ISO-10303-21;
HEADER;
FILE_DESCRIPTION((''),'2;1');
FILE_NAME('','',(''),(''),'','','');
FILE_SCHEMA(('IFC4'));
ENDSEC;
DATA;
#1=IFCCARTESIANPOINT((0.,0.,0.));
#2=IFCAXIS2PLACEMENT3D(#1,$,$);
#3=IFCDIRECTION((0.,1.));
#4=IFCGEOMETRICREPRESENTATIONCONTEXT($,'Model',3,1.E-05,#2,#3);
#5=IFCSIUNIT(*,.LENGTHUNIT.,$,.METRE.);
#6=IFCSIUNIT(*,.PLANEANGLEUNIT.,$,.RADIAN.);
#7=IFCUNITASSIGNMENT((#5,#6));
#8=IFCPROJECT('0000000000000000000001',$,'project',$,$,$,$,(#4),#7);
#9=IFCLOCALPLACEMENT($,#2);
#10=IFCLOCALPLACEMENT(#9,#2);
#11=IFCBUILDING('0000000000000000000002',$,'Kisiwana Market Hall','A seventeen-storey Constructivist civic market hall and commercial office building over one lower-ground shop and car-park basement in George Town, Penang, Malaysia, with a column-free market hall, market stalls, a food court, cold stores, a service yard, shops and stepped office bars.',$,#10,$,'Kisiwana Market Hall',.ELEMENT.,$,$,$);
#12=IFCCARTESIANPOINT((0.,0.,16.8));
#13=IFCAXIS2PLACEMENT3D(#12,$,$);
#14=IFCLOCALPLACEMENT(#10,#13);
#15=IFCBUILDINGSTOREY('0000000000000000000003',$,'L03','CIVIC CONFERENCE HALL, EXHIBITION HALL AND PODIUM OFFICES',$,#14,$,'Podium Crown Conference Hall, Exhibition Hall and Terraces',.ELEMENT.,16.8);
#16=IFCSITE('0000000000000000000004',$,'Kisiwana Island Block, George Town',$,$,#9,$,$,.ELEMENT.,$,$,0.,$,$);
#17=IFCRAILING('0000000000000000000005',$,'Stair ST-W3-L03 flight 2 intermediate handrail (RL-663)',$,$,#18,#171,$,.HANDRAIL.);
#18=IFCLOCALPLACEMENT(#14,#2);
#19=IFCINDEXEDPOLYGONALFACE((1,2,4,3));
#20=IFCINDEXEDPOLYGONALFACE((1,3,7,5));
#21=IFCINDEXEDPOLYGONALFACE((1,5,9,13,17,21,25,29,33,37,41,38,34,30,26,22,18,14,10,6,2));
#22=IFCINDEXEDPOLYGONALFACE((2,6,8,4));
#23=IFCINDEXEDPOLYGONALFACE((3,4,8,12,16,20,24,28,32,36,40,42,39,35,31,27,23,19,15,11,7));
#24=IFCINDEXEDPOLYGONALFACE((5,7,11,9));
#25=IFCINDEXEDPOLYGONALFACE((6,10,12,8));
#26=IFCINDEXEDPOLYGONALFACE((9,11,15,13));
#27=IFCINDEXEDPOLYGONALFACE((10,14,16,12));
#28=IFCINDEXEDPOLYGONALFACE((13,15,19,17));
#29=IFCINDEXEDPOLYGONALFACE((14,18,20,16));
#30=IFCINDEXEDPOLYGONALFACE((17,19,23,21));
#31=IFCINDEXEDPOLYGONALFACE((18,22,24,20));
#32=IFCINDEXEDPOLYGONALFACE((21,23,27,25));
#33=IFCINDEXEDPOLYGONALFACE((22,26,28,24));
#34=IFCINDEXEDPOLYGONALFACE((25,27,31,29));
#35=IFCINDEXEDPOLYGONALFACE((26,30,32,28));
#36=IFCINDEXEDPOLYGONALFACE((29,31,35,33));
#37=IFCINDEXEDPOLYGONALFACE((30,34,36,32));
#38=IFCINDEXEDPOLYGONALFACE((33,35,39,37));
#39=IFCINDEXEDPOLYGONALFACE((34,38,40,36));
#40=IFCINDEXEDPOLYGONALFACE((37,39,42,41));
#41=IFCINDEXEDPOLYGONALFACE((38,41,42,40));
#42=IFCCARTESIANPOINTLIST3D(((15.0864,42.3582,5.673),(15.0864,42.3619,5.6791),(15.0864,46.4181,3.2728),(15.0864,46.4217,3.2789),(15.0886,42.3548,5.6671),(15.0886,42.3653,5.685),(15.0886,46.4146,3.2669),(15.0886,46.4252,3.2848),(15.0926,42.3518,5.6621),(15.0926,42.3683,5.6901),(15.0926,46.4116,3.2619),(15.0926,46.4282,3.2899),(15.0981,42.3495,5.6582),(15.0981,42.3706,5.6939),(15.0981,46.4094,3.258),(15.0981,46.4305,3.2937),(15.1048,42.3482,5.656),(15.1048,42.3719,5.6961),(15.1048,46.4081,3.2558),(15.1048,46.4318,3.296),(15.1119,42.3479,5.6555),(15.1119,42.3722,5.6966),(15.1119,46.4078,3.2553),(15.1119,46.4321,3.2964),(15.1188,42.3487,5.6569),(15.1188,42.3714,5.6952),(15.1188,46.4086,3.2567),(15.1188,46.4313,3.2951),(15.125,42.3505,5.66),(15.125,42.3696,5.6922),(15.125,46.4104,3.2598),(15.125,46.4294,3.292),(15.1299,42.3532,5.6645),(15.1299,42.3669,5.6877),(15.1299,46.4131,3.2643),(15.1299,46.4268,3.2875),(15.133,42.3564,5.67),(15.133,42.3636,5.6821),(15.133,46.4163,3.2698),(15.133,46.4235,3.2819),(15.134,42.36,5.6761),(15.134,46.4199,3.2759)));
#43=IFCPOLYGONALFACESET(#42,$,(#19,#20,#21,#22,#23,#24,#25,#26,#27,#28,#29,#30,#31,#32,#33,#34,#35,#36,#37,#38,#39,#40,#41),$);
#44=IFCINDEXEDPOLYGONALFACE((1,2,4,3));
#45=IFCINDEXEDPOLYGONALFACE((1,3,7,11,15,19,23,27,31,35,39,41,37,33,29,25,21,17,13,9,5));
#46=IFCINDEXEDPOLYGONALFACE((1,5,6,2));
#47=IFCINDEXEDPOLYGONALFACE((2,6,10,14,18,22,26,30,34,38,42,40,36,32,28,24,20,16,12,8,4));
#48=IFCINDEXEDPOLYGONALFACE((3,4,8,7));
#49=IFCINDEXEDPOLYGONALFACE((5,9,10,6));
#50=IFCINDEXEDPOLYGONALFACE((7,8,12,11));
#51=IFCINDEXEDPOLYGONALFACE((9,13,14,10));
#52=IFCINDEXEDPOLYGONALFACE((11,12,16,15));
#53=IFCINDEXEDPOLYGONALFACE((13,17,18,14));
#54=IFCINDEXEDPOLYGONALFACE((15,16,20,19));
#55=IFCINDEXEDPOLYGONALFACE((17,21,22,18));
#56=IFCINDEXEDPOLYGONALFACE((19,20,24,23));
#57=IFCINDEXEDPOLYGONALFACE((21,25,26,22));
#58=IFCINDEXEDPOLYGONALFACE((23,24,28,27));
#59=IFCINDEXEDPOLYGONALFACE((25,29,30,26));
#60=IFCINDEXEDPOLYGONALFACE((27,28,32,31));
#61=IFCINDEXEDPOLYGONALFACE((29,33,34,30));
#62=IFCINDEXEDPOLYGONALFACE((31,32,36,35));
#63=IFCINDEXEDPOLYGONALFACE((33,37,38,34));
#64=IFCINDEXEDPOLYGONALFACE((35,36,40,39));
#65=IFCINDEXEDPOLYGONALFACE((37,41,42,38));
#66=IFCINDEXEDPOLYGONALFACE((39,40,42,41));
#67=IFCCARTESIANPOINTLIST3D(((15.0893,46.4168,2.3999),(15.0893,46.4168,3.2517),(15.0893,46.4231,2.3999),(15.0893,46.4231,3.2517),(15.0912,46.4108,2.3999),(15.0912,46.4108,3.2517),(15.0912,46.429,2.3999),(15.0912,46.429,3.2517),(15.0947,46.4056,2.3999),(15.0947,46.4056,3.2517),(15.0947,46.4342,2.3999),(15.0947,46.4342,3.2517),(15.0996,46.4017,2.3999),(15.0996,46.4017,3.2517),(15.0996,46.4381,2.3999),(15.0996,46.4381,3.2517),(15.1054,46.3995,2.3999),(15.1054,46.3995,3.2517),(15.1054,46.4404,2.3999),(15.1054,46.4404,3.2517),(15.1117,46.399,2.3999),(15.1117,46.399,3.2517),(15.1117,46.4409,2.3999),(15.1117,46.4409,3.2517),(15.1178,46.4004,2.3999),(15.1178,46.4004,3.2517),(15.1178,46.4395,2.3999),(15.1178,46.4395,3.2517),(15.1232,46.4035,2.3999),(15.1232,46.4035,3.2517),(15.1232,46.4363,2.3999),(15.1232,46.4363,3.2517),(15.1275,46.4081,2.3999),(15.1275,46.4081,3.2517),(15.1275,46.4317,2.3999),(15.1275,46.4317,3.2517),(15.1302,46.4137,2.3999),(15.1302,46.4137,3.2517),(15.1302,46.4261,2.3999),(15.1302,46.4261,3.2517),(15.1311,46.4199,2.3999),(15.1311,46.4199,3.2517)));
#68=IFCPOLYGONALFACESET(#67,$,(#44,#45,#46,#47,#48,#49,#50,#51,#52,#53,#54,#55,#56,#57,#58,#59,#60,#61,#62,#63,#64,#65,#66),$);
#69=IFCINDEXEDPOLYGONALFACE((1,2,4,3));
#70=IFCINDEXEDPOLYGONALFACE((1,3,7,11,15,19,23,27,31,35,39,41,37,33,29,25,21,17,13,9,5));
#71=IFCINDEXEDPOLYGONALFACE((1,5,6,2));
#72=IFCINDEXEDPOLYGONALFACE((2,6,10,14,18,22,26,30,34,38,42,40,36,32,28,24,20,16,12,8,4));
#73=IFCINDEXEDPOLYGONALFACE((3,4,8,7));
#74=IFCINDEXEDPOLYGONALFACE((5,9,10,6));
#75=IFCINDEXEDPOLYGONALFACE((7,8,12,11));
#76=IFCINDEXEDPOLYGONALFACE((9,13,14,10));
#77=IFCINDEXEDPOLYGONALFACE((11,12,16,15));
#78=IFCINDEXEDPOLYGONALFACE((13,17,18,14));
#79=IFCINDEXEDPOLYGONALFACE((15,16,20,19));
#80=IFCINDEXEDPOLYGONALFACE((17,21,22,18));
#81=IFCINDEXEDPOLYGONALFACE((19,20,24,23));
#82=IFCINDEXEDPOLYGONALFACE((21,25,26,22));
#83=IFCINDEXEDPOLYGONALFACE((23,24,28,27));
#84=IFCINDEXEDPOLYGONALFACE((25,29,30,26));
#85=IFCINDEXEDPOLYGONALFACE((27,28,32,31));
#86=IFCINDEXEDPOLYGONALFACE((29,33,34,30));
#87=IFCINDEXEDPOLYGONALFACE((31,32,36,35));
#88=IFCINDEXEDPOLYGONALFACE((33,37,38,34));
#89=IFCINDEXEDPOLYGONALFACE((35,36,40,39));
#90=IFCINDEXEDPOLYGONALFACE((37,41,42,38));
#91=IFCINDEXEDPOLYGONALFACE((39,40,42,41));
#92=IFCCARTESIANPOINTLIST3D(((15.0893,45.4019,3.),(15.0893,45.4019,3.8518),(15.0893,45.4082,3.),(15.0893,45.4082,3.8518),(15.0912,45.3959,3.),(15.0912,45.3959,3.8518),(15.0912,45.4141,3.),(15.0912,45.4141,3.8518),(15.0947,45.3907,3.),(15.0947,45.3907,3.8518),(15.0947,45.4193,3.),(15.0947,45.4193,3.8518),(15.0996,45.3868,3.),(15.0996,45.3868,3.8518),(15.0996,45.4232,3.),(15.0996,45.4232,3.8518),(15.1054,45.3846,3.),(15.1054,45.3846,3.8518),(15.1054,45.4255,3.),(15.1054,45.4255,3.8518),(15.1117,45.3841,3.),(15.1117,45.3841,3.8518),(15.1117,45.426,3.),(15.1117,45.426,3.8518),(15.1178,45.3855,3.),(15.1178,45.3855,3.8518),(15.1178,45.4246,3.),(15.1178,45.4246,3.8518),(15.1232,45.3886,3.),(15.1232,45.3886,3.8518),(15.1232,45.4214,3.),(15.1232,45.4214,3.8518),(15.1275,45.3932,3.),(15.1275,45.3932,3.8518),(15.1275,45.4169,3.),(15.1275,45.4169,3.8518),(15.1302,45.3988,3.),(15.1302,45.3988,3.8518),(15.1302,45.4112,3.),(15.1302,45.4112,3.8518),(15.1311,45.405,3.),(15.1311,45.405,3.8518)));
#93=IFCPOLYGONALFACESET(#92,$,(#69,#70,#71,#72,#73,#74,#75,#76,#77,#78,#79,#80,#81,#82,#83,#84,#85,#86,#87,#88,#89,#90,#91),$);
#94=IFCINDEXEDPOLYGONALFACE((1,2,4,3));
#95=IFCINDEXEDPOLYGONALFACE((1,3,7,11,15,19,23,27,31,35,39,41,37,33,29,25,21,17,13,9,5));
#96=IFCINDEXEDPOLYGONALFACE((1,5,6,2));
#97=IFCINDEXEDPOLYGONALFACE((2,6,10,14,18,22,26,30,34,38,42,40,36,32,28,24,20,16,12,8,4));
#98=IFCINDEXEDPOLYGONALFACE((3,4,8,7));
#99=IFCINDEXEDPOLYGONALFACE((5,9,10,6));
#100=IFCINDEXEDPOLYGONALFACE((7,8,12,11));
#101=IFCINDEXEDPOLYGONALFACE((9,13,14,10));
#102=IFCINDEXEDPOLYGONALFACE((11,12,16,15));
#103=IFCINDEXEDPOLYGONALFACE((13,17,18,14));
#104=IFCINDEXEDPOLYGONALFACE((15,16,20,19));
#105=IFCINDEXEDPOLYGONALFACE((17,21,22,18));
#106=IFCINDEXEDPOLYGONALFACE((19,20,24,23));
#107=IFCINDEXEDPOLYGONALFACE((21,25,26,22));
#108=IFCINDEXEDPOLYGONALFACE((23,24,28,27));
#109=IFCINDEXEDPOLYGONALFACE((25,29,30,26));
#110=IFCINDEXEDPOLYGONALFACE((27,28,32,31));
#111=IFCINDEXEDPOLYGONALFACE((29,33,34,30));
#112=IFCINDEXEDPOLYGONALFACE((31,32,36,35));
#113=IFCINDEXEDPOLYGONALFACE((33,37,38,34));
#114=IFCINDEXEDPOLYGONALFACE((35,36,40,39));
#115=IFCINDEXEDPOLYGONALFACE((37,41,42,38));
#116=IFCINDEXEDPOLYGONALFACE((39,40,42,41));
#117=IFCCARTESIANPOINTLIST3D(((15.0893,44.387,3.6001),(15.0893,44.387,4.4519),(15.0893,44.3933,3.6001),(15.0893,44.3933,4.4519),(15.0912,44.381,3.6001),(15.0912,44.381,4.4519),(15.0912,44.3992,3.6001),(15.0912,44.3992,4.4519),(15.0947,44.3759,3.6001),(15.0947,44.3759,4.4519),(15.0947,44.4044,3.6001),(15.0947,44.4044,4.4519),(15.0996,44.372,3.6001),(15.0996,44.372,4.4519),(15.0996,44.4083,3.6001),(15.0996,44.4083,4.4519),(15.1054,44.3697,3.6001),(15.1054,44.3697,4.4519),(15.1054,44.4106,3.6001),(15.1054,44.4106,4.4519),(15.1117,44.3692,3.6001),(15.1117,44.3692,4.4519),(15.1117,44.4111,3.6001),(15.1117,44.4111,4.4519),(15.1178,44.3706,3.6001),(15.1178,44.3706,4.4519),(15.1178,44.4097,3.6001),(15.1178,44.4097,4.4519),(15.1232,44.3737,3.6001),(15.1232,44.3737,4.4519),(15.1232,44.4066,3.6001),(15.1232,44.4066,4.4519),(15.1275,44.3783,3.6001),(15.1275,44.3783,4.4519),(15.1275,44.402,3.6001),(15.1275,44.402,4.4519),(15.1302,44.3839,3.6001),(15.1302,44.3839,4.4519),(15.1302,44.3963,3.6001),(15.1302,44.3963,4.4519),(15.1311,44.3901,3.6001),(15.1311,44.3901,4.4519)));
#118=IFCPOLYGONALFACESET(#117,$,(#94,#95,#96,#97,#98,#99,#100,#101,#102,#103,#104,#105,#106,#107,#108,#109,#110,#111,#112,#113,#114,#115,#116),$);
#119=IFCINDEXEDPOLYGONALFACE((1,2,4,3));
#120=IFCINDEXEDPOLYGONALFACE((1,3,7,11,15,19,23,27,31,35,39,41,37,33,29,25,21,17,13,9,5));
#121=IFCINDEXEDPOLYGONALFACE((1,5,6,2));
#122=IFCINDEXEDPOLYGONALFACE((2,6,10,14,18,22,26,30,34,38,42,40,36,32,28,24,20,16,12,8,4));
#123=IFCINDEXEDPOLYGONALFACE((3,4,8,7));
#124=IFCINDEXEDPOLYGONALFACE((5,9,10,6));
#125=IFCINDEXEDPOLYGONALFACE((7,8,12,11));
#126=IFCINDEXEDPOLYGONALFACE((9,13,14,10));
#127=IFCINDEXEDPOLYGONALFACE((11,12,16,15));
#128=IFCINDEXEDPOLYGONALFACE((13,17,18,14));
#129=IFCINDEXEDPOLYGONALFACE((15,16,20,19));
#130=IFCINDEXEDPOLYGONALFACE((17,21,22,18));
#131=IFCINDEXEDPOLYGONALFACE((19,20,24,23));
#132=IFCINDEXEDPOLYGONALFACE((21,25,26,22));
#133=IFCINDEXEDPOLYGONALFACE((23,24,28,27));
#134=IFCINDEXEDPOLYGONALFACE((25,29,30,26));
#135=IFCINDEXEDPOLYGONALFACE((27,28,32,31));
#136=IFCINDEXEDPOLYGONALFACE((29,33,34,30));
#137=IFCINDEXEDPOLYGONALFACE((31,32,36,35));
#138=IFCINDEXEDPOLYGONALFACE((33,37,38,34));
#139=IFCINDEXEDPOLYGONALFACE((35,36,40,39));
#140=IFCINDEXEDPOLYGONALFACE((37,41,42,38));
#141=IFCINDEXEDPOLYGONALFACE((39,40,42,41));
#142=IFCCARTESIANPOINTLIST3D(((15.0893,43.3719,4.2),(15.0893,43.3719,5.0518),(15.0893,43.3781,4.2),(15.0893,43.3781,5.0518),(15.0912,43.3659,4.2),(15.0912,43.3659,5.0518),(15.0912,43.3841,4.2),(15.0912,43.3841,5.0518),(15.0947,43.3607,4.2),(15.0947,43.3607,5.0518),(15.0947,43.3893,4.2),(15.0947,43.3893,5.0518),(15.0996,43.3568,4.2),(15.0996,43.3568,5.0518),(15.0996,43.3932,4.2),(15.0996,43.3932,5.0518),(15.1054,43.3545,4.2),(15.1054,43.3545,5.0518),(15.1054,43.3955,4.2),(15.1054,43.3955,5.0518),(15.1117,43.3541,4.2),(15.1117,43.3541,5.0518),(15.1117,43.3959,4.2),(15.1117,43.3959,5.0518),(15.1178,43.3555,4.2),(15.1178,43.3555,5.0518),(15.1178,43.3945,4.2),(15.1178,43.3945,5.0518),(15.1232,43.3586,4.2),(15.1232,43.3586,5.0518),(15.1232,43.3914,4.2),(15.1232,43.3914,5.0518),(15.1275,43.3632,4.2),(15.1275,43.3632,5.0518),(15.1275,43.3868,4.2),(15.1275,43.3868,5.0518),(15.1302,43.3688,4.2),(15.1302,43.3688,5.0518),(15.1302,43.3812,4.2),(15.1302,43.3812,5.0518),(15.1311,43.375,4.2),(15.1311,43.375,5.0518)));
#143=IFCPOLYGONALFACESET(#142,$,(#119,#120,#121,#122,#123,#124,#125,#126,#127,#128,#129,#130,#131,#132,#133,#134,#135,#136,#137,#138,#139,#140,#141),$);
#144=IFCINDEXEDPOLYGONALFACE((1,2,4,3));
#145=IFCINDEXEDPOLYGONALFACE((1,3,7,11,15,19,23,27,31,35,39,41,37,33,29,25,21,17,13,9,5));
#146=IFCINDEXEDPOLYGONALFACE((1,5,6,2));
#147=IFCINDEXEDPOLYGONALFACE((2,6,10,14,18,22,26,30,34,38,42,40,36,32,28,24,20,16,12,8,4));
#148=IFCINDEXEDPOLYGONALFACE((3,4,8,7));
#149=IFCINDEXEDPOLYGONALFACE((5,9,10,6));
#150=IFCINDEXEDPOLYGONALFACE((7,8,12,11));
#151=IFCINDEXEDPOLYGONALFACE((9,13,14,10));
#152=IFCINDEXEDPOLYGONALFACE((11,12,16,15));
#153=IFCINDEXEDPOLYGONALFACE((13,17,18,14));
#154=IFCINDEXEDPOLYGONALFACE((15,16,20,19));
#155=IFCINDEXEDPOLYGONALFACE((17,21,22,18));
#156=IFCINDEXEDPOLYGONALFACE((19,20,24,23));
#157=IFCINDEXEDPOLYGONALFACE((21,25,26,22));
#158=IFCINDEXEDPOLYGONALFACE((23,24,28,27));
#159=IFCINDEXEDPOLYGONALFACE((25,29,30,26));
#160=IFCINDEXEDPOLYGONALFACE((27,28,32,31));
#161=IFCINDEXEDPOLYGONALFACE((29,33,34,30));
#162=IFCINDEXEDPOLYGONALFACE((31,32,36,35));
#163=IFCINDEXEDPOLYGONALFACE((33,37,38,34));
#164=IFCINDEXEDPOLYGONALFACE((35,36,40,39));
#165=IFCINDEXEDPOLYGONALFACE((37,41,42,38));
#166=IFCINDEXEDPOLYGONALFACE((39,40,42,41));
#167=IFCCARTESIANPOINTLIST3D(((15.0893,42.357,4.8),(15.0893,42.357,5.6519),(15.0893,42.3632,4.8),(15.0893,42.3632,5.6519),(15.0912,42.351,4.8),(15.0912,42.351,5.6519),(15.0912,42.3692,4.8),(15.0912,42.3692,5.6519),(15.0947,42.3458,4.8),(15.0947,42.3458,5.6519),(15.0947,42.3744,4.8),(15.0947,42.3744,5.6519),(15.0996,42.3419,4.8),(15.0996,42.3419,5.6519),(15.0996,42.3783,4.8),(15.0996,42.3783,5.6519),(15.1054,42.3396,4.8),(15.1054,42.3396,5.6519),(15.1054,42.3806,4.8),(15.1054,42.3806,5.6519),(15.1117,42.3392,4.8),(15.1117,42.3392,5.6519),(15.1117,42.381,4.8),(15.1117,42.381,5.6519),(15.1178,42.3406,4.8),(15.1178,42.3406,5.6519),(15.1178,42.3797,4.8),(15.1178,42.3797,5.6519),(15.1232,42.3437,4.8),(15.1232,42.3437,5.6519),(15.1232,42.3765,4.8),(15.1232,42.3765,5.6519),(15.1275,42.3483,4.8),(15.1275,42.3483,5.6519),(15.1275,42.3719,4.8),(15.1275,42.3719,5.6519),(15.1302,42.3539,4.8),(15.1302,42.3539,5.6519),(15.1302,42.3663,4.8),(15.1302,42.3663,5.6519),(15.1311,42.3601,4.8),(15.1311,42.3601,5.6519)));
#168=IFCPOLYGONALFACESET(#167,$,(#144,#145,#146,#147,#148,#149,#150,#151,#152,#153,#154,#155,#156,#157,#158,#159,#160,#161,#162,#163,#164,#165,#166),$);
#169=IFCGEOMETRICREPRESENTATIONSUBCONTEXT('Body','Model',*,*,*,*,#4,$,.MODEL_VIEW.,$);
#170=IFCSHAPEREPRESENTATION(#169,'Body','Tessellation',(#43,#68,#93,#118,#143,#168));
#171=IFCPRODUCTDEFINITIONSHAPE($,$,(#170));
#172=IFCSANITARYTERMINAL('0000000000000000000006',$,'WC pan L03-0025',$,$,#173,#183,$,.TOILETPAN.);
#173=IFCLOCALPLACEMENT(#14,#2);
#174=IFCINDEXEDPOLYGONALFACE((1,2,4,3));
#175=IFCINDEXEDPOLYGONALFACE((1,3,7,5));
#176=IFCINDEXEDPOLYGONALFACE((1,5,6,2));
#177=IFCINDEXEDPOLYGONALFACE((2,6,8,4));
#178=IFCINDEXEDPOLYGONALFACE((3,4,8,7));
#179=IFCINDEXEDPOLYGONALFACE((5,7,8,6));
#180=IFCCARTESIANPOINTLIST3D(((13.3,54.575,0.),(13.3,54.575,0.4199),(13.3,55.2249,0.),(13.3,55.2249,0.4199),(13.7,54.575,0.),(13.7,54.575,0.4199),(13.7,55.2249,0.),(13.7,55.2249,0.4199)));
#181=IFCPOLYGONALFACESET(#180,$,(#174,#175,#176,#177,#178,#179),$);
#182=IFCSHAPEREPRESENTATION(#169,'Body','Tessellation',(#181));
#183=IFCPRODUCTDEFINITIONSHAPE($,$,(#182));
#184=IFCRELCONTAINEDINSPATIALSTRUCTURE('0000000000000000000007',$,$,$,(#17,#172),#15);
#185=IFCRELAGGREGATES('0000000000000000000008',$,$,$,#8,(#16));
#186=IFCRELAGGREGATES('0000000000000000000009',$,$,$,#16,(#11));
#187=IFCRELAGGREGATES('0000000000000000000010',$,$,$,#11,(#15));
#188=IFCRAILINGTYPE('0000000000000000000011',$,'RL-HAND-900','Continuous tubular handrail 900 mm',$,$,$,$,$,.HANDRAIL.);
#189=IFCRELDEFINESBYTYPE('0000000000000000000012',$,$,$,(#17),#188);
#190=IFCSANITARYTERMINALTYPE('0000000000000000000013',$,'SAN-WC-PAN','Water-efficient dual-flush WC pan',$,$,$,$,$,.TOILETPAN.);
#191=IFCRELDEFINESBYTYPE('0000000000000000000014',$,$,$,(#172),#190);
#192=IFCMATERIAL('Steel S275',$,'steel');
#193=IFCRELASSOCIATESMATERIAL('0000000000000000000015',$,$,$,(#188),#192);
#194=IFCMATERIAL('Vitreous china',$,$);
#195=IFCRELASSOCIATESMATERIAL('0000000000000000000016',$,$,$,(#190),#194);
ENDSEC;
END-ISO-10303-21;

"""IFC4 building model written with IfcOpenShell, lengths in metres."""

from ifc_helpers import new_model, si_unit, direction, frame, origin, origin_2d, place, context, subcontext, project, spatial, rectangle, circle, extrude, material, type_object, element, save


model = new_model("IFC4")

# Units and contexts
model_context = context("Model", 3, precision=1e-05, world=origin(), true_north=direction((0.0, 1.0)))
body_context = subcontext(model_context, "Body", "Model", "MODEL_VIEW")
ifc_project = project(units=[si_unit("LENGTHUNIT", "METRE"), si_unit("PLANEANGLEUNIT", "RADIAN")], contexts=[model_context])

# Site, building, storey
site_placement = place(None, origin())
site = spatial("IfcSite", under=ifc_project, at=site_placement, Name="Kisiwana Island Block, George Town", CompositionType="ELEMENT", RefElevation=0.0)
building_placement = place(site_placement, origin())
building = spatial("IfcBuilding", under=site, at=building_placement, Name="Kisiwana Market Hall", Description="A seventeen-storey Constructivist civic market hall and commercial office building over one lower-ground shop and car-park basement in George Town, Penang, Malaysia, with a column-free market hall, market stalls, a food court, cold stores, a service yard, shops and stepped office bars.", LongName="Kisiwana Market Hall", CompositionType="ELEMENT")
storey_placement = place(building_placement, frame((0.0, 0.0, 16.8)))
storey = spatial("IfcBuildingStorey", under=building, at=storey_placement, Name="L03", Description="CIVIC CONFERENCE HALL, EXHIBITION HALL AND PODIUM OFFICES", LongName="Podium Crown Conference Hall, Exhibition Hall and Terraces", CompositionType="ELEMENT", Elevation=16.8)

# Railing
ifc_material_1 = material(Name="Steel S275", Category="steel")
railing_type_1 = type_object("IfcRailingType", Name="RL-HAND-900", Description="Continuous tubular handrail 900 mm", PredefinedType="HANDRAIL", material=ifc_material_1)
railing_1_placement = place(storey_placement, frame((15.1101, 46.4199, 2.3999)))
element("IfcRailing", 1, at=railing_1_placement, inside=storey, type_object=railing_type_1, Name="Stair ST-W3-L03 flight 2 intermediate handrail (RL-663)", PredefinedType="HANDRAIL", context=body_context, shape_type="SweptSolid", body=[
    extrude(circle(Radius=0.0239, at=origin_2d()), frame((0.0, 0.0, 0.876), z_axis=(0.0, -0.860818, 0.508912), x_axis=(1.0, 0.0, 0.0)), (0.0, 0.0, 1.0), 4.7163),
    extrude(circle(Radius=0.021, at=origin_2d()), origin(), (0.0, 0.0, 1.0), 0.8518),
    extrude(circle(Radius=0.021, at=origin_2d()), frame((0.0, -1.0149, 0.6001)), (0.0, 0.0, 1.0), 0.8518),
    extrude(circle(Radius=0.021, at=origin_2d()), frame((0.0, -2.0298, 1.2002)), (0.0, 0.0, 1.0), 0.8518),
    extrude(circle(Radius=0.021, at=origin_2d()), frame((0.0, -3.0449, 1.8)), (0.0, 0.0, 1.0), 0.8518),
    extrude(circle(Radius=0.021, at=origin_2d()), frame((0.0, -4.0598, 2.4001)), (0.0, 0.0, 1.0), 0.8518),
])

# Sanitary terminal
ifc_material_2 = material(Name="Vitreous china")
sanitary_terminal_type = type_object("IfcSanitaryTerminalType", Name="SAN-WC-PAN", Description="Water-efficient dual-flush WC pan", PredefinedType="TOILETPAN", material=ifc_material_2)
sanitary_terminal_placement = place(storey_placement, frame((13.5, 54.8999, 0.0), z_axis=(0.0, 0.0, 1.0), x_axis=(1.0, 0.0, 0.0)))
element("IfcSanitaryTerminal", 2, at=sanitary_terminal_placement, inside=storey, type_object=sanitary_terminal_type, Name="WC pan L03-0025", PredefinedType="TOILETPAN", context=body_context, shape_type="SweptSolid", body=[
    extrude(rectangle(XDim=0.3999, YDim=0.6499, at=origin_2d()), origin(), (0.0, 0.0, 1.0), 0.4199),
])

save(model, "model.ifc")
